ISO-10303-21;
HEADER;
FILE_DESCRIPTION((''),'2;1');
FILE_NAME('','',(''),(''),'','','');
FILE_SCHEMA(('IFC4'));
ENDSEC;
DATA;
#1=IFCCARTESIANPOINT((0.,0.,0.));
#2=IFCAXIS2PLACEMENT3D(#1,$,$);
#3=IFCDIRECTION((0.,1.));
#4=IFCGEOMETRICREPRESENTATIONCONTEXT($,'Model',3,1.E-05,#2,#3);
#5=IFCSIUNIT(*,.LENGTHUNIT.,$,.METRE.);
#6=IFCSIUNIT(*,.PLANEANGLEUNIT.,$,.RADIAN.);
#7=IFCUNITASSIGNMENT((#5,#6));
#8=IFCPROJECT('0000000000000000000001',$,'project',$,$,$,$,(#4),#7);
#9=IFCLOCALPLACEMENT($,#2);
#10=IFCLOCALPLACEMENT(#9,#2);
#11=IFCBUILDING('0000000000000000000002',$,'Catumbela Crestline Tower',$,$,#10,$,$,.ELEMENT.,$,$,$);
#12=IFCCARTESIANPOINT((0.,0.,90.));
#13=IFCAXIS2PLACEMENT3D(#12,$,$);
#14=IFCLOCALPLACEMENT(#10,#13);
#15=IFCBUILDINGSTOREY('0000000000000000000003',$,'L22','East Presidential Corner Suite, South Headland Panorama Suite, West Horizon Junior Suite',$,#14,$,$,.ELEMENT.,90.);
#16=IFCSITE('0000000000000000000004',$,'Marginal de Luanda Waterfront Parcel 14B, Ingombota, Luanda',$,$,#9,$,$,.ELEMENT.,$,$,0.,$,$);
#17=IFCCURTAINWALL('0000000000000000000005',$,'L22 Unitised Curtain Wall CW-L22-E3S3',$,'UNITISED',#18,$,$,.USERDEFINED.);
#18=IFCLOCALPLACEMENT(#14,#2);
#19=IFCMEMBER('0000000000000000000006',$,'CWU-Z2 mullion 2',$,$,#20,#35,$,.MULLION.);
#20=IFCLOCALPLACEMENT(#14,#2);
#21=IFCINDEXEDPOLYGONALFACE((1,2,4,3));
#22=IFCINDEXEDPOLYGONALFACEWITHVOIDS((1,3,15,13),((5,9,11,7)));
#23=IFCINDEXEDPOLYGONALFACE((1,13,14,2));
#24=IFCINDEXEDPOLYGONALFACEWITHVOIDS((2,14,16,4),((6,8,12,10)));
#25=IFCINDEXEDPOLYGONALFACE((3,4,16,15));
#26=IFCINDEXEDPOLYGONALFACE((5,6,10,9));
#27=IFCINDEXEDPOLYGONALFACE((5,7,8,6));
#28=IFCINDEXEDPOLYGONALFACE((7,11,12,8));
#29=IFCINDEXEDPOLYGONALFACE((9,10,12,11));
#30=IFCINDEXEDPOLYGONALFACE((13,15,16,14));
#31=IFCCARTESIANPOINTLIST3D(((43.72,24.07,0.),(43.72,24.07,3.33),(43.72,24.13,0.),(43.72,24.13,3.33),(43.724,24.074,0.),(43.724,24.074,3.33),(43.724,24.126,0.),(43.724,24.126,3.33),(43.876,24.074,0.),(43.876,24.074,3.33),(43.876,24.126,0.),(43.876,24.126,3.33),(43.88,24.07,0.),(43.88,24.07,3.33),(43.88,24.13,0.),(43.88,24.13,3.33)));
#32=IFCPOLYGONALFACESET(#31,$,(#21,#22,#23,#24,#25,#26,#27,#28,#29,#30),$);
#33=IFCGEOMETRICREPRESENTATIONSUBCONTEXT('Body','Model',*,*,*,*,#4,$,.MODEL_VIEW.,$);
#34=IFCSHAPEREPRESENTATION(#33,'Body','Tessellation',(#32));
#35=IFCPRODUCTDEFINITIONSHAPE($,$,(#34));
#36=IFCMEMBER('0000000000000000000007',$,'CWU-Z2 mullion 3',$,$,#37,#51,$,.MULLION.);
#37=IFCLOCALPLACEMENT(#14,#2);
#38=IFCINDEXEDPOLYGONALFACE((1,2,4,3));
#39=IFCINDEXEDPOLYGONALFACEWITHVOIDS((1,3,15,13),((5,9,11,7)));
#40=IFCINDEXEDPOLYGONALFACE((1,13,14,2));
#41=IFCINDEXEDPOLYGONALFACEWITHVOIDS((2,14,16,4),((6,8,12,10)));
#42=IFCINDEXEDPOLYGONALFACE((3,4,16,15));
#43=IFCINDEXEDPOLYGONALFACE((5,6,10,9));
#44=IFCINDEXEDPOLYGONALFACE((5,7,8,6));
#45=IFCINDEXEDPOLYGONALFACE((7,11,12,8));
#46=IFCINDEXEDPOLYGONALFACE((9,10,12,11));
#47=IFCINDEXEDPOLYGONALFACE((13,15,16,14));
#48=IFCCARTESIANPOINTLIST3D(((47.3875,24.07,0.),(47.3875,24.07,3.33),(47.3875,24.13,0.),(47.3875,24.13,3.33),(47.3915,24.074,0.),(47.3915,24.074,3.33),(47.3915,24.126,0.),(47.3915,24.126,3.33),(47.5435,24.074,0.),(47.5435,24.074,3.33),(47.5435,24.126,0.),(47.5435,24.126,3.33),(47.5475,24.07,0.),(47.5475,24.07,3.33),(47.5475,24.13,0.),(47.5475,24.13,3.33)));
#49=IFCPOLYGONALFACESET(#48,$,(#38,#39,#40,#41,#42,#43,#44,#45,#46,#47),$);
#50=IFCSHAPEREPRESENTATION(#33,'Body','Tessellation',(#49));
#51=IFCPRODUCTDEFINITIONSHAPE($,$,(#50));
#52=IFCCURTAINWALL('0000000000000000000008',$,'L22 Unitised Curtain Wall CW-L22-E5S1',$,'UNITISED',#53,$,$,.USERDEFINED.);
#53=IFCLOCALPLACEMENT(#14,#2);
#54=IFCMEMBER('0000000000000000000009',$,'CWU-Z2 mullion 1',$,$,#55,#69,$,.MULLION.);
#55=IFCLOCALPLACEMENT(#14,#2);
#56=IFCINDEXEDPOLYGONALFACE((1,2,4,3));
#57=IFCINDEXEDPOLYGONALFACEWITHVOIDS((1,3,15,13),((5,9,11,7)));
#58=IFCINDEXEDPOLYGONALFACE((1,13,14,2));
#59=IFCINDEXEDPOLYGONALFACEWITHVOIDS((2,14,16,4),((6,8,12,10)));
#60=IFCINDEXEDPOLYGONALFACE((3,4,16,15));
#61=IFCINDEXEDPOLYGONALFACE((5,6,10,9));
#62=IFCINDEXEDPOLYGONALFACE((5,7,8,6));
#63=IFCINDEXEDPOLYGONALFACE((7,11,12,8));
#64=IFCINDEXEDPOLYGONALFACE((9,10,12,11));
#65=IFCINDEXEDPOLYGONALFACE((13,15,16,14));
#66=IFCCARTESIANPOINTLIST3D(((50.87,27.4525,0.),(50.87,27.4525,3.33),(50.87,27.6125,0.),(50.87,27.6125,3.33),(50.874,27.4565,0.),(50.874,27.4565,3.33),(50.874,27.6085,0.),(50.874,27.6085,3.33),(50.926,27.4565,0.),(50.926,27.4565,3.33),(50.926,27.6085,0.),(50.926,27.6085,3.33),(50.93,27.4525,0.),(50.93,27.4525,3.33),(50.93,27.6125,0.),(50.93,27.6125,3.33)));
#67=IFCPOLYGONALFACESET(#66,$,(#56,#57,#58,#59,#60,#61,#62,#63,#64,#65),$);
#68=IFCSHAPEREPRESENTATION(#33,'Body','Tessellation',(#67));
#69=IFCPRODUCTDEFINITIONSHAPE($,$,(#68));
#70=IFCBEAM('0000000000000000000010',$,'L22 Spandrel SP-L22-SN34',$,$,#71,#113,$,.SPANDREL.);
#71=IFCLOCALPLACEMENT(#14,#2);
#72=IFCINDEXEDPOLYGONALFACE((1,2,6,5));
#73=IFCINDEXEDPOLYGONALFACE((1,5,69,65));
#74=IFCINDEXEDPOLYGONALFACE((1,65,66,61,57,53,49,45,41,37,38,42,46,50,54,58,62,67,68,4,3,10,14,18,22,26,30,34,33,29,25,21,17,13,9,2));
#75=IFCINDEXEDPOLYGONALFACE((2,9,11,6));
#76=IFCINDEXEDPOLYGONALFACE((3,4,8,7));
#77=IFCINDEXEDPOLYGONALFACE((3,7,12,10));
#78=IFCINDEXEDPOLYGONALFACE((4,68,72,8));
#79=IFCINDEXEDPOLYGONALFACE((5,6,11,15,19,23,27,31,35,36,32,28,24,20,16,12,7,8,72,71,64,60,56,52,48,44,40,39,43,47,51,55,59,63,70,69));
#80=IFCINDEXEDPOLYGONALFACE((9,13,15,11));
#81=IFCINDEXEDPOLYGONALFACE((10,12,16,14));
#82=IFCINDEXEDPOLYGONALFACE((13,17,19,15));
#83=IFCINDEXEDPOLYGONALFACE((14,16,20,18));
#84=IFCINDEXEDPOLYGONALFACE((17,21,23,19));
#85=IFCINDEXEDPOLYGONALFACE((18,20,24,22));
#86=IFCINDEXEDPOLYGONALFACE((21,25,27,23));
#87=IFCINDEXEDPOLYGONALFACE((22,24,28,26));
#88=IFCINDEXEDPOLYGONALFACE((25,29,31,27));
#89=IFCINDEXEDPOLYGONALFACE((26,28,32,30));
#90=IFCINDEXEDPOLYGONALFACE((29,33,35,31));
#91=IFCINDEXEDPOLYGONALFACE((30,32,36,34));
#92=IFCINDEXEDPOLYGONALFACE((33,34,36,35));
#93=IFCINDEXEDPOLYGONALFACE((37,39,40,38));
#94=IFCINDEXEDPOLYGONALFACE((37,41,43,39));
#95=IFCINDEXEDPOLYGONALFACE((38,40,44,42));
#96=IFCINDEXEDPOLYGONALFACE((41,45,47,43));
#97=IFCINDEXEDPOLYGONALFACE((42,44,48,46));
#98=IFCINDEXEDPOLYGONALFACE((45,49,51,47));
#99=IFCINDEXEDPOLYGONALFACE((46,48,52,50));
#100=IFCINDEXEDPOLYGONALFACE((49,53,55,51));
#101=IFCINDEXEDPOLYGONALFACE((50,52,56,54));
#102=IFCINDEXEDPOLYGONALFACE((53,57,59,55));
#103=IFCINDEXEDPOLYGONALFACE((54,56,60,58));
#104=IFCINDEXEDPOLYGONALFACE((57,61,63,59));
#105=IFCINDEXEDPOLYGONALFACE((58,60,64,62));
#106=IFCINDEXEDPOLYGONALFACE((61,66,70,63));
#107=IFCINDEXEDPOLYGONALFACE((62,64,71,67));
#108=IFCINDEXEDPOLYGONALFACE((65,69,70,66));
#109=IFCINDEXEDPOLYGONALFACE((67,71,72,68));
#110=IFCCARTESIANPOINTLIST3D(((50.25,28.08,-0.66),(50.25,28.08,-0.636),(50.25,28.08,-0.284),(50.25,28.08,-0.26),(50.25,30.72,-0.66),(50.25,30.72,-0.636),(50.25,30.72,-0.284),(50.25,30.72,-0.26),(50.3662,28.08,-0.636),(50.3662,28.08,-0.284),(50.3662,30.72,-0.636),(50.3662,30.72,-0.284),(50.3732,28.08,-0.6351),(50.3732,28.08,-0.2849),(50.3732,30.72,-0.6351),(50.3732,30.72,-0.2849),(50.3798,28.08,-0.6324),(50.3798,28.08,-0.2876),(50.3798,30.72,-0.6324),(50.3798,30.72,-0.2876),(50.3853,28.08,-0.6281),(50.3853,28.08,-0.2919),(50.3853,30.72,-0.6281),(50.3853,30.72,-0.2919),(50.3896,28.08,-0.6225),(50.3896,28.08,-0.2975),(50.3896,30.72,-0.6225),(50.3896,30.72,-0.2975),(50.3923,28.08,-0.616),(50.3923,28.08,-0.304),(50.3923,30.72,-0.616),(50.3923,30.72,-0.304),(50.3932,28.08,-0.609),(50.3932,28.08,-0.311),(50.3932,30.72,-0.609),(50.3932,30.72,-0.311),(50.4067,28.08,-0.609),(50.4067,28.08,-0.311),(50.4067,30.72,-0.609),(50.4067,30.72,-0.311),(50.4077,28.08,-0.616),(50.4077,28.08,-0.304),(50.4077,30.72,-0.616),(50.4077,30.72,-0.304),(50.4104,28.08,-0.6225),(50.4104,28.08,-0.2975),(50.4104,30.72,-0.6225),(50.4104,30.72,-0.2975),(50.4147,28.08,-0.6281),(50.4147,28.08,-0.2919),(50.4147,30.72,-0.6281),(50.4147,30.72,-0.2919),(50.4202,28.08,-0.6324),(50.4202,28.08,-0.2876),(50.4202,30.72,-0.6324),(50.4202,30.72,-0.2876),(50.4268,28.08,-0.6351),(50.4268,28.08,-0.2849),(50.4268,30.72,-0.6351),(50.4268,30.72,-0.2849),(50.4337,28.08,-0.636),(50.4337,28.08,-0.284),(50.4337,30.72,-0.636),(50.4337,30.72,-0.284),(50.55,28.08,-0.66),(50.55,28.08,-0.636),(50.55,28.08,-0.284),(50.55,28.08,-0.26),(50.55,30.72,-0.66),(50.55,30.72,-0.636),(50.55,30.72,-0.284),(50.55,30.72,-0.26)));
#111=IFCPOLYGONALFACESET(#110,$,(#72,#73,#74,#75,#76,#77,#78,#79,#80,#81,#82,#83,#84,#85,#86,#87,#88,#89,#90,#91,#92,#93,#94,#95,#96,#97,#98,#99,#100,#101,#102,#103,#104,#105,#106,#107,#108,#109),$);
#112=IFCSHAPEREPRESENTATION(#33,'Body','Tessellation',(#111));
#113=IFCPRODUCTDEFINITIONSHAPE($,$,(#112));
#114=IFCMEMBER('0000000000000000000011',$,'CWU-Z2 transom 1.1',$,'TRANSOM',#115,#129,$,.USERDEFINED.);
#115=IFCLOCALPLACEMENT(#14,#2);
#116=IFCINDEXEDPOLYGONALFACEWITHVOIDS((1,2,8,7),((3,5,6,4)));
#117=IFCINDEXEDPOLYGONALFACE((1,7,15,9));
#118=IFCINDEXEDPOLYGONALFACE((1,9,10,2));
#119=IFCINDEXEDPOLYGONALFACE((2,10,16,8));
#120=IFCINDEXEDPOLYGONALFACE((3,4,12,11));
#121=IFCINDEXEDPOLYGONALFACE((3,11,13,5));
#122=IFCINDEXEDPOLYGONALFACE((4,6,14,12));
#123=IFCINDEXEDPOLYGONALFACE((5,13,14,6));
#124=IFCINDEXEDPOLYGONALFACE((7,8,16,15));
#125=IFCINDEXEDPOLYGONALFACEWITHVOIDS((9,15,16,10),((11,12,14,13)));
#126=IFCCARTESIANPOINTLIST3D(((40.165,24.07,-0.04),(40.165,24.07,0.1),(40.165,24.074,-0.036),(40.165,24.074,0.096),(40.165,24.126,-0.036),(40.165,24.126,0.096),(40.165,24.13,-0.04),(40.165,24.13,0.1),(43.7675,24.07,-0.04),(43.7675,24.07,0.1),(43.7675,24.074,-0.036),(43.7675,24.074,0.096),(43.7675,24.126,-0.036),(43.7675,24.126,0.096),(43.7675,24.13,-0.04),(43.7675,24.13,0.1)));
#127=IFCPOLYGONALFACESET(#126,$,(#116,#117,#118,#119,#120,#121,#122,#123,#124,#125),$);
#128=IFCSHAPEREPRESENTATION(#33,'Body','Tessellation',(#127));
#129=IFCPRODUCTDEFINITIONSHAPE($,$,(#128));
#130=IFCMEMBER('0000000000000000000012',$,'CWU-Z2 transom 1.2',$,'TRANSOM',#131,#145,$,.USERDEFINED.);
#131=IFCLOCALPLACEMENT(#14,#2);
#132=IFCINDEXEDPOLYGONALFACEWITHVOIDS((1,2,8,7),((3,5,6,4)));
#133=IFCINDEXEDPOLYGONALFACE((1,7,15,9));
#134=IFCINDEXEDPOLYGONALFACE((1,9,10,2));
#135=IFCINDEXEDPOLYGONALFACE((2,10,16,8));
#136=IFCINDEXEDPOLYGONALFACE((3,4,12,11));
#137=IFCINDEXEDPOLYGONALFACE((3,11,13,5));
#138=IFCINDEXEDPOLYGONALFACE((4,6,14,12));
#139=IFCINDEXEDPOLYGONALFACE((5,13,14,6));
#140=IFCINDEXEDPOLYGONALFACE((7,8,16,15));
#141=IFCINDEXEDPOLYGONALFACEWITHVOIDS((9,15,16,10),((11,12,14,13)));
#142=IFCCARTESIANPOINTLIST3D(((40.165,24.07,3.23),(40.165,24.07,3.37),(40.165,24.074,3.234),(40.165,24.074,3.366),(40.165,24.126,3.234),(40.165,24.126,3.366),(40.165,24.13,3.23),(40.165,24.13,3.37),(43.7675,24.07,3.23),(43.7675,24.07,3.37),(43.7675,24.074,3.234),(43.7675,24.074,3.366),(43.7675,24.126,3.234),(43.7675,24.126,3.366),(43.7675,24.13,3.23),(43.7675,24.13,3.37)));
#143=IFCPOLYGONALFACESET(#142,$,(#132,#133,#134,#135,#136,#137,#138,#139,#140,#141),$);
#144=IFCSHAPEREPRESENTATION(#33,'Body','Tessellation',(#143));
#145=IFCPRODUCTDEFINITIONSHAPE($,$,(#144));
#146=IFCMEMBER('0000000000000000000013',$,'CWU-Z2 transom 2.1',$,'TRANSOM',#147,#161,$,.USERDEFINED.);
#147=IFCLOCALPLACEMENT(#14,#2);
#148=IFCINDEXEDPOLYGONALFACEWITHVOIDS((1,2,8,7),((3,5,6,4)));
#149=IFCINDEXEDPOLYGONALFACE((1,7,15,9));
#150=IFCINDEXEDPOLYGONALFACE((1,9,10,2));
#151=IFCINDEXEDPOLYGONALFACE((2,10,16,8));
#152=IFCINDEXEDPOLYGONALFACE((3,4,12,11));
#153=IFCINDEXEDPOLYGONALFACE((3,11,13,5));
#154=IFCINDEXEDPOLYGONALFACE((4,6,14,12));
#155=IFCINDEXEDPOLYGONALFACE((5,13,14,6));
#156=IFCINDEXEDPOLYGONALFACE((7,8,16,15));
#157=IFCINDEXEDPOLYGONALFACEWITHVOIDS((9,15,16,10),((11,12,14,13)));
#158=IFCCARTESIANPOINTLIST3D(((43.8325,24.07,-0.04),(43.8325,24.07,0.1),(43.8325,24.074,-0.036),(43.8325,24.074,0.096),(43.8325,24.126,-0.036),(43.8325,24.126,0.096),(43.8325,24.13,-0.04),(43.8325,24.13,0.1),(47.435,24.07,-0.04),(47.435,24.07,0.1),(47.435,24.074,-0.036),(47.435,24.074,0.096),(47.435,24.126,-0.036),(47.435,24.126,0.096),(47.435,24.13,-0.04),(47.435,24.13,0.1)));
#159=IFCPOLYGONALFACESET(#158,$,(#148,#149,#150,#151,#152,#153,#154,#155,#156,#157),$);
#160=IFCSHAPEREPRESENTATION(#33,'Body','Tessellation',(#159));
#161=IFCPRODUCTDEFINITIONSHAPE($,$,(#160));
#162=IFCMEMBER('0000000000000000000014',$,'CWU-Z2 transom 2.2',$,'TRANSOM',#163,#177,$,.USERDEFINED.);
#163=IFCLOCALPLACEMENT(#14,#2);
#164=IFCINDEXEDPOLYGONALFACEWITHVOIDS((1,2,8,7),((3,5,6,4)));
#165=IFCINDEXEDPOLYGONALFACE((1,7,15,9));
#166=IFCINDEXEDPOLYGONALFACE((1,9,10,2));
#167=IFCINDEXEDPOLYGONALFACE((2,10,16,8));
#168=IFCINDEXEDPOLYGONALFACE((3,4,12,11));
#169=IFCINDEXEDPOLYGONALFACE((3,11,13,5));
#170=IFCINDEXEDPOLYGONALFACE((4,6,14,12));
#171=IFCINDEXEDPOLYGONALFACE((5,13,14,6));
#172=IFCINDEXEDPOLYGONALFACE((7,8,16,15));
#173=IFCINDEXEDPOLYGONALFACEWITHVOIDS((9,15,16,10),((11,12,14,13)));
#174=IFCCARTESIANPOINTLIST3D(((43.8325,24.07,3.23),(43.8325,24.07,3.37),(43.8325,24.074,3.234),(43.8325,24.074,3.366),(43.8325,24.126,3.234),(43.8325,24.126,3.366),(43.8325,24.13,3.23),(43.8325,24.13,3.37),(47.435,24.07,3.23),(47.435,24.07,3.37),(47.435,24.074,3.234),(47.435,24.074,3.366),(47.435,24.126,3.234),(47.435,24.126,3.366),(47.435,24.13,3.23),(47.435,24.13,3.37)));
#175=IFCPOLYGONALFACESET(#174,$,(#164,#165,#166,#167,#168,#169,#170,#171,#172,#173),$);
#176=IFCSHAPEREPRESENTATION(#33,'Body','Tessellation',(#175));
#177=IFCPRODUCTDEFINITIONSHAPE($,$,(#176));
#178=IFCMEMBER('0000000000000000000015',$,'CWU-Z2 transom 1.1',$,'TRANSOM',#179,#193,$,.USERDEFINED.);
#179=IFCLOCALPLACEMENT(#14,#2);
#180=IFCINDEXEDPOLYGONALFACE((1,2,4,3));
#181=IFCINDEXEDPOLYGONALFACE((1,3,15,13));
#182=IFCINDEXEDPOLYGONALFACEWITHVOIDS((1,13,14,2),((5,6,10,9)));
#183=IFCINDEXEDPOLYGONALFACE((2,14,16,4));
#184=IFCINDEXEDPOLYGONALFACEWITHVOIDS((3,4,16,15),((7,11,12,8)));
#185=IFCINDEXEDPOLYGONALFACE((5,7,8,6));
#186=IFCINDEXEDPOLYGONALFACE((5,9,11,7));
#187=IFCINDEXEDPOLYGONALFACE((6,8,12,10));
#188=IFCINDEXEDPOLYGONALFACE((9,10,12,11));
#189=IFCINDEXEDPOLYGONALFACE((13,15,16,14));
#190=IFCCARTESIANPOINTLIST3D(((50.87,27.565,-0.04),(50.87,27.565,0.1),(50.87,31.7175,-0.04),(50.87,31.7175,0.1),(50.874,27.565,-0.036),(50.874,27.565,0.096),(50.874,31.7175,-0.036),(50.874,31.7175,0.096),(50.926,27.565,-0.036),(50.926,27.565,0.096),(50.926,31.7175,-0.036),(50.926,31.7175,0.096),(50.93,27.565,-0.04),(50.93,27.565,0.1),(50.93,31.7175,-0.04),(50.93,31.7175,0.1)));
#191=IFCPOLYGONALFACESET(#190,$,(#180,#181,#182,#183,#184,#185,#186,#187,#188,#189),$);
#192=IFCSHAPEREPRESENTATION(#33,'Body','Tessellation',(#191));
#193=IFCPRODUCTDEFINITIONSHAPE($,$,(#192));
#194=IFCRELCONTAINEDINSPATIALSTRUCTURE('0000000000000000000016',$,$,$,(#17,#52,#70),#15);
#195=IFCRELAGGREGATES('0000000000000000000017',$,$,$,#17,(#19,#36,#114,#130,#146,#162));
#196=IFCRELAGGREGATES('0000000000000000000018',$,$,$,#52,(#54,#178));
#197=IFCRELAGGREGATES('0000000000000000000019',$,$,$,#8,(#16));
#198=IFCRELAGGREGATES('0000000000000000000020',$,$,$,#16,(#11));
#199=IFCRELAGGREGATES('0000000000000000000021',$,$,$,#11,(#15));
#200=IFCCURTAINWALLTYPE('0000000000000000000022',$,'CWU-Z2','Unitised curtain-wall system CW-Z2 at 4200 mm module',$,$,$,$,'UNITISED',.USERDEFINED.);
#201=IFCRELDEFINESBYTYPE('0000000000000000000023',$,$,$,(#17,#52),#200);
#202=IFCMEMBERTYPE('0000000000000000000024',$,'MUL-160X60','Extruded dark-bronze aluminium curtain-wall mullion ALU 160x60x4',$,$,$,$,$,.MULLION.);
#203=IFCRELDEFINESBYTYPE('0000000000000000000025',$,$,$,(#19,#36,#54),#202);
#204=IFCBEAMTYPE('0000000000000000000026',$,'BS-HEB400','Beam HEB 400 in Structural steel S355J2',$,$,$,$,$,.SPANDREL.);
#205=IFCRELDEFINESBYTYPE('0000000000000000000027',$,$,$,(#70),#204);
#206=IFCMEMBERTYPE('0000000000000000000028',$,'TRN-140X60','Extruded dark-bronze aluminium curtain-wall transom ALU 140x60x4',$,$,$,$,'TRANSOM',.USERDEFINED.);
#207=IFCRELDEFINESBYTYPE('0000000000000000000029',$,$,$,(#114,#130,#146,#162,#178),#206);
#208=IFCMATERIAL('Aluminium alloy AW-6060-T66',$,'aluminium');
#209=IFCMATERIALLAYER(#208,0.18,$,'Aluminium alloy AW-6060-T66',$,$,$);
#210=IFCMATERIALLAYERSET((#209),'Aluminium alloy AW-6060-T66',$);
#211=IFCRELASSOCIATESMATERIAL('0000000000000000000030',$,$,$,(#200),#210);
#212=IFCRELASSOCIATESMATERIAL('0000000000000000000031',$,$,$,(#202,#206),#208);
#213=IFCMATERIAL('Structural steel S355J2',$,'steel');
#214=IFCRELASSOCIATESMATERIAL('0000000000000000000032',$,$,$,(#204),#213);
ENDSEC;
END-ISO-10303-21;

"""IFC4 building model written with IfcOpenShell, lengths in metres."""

from ifc_helpers import new_model, si_unit, direction, frame, origin, origin_2d, place, context, subcontext, project, spatial, hollow_rectangle, i_section, extrude, material, layer, layer_set, material_profile, profile_set, type_object, element, aggregate, save


model = new_model("IFC4")

# Units and contexts
model_context = context("Model", 3, precision=1e-05, world=origin(), true_north=direction((0.0, 1.0)))
body_context = subcontext(model_context, "Body", "Model", "MODEL_VIEW")
ifc_project = project(units=[si_unit("LENGTHUNIT", "METRE"), si_unit("PLANEANGLEUNIT", "RADIAN")], contexts=[model_context])

# Site, building, storey
site_placement = place(None, origin())
site = spatial("IfcSite", under=ifc_project, at=site_placement, Name="Marginal de Luanda Waterfront Parcel 14B, Ingombota, Luanda", CompositionType="ELEMENT", RefElevation=0.0)
building_placement = place(site_placement, origin())
building = spatial("IfcBuilding", under=site, at=building_placement, Name="Catumbela Crestline Tower", CompositionType="ELEMENT")
storey_placement = place(building_placement, frame((0.0, 0.0, 90.0)))
storey = spatial("IfcBuildingStorey", under=building, at=storey_placement, Name="L22", Description="East Presidential Corner Suite, South Headland Panorama Suite, West Horizon Junior Suite", CompositionType="ELEMENT", Elevation=90.0)

# Shared definitions
ifc_material_1 = material(Name="Structural steel S355J2", Category="steel")

# Curtain wall, members
ifc_material_2 = material(Name="Aluminium alloy AW-6060-T66", Category="aluminium")
ifc_layer_1 = layer(ifc_material_2, 0.18, Name="Aluminium alloy AW-6060-T66")
ifc_layer_set_1 = layer_set([ifc_layer_1], Name="Aluminium alloy AW-6060-T66")
curtain_wall_type = type_object("IfcCurtainWallType", Name="CWU-Z2", Description="Unitised curtain-wall system CW-Z2 at 4200 mm module", ElementType="UNITISED", PredefinedType="USERDEFINED", material=ifc_layer_set_1)
curtain_wall_1_placement = place(storey_placement, origin())
curtain_wall_1 = element("IfcCurtainWall", 1, at=curtain_wall_1_placement, inside=storey, type_object=curtain_wall_type, Name="L22 Unitised Curtain Wall CW-L22-E3S3", ObjectType="UNITISED", PredefinedType="USERDEFINED")
ifc_material_profile_1 = material_profile(ifc_material_2, hollow_rectangle(XDim=0.06, YDim=0.16, WallThickness=0.004, at=origin_2d()), Name="ALU 160x60x4")
ifc_profile_set_1 = profile_set([ifc_material_profile_1], Name="Aluminium alloy AW-6060-T66")
member_type_1 = type_object("IfcMemberType", Name="MUL-160X60", Description="Extruded dark-bronze aluminium curtain-wall mullion ALU 160x60x4", PredefinedType="MULLION", material=ifc_profile_set_1)
member_1_placement = place(storey_placement, frame((43.8, 24.1, 0.0), z_axis=(0.0, 0.0, 1.0), x_axis=(0.0, 1.0, 0.0)))
member_1 = element("IfcMember", 2, at=member_1_placement, type_object=member_type_1, Name="CWU-Z2 mullion 2", PredefinedType="MULLION", context=body_context, shape_type="SweptSolid", body=[
    extrude(hollow_rectangle(XDim=0.06, YDim=0.16, WallThickness=0.004, at=origin_2d()), origin(), (0.0, 0.0, 1.0), 3.33),
])
member_2_placement = place(storey_placement, frame((47.4675, 24.1, 0.0), z_axis=(0.0, 0.0, 1.0), x_axis=(0.0, 1.0, 0.0)))
member_2 = element("IfcMember", 3, at=member_2_placement, type_object=member_type_1, Name="CWU-Z2 mullion 3", PredefinedType="MULLION", context=body_context, shape_type="SweptSolid", body=[
    extrude(hollow_rectangle(XDim=0.06, YDim=0.16, WallThickness=0.004, at=origin_2d()), origin(), (0.0, 0.0, 1.0), 3.33),
])

# Curtain wall, member
curtain_wall_2_placement = place(storey_placement, origin())
curtain_wall_2 = element("IfcCurtainWall", 4, at=curtain_wall_2_placement, inside=storey, type_object=curtain_wall_type, Name="L22 Unitised Curtain Wall CW-L22-E5S1", ObjectType="UNITISED", PredefinedType="USERDEFINED")
member_3_placement = place(storey_placement, frame((50.9, 27.5325, 0.0), z_axis=(0.0, 0.0, 1.0), x_axis=(-1.0, 0.0, 0.0)))
member_3 = element("IfcMember", 5, at=member_3_placement, type_object=member_type_1, Name="CWU-Z2 mullion 1", PredefinedType="MULLION", context=body_context, shape_type="SweptSolid", body=[
    extrude(hollow_rectangle(XDim=0.06, YDim=0.16, WallThickness=0.004, at=origin_2d()), origin(), (0.0, 0.0, 1.0), 3.33),
])

# Beam
ifc_material_profile_2 = material_profile(ifc_material_1, i_section(OverallWidth=0.3, OverallDepth=0.4, WebThickness=0.0135, FlangeThickness=0.024, FilletRadius=0.027, at=origin_2d()), Name="HEB 400")
ifc_profile_set_2 = profile_set([ifc_material_profile_2], Name="Structural steel S355J2")
beam_type_1 = type_object("IfcBeamType", Name="BS-HEB400", Description="Beam HEB 400 in Structural steel S355J2", PredefinedType="SPANDREL", material=ifc_profile_set_2)
beam_1_placement = place(storey_placement, frame((50.4, 28.08, -0.46), z_axis=(0.0, 1.0, 0.0), x_axis=(-1.0, 0.0, 0.0)))
element("IfcBeam", 6, at=beam_1_placement, inside=storey, type_object=beam_type_1, Name="L22 Spandrel SP-L22-SN34", PredefinedType="SPANDREL", context=body_context, shape_type="SweptSolid", body=[
    extrude(i_section(OverallWidth=0.3, OverallDepth=0.4, WebThickness=0.0135, FlangeThickness=0.024, FilletRadius=0.027, at=origin_2d()), origin(), (0.0, 0.0, 1.0), 2.64),
])

# Members
ifc_material_profile_3 = material_profile(ifc_material_2, hollow_rectangle(XDim=0.06, YDim=0.14, WallThickness=0.004, at=origin_2d()), Name="ALU 140x60x4")
ifc_profile_set_3 = profile_set([ifc_material_profile_3], Name="Aluminium alloy AW-6060-T66")
member_type_2 = type_object("IfcMemberType", Name="TRN-140X60", Description="Extruded dark-bronze aluminium curtain-wall transom ALU 140x60x4", ElementType="TRANSOM", PredefinedType="USERDEFINED", material=ifc_profile_set_3)
member_4_placement = place(storey_placement, frame((40.165, 24.1, 0.03), z_axis=(1.0, 0.0, 0.0), x_axis=(0.0, 1.0, 0.0)))
member_4 = element("IfcMember", 7, at=member_4_placement, type_object=member_type_2, Name="CWU-Z2 transom 1.1", ObjectType="TRANSOM", PredefinedType="USERDEFINED", context=body_context, shape_type="SweptSolid", body=[
    extrude(hollow_rectangle(XDim=0.06, YDim=0.14, WallThickness=0.004, at=origin_2d()), origin(), (0.0, 0.0, 1.0), 3.6025),
])
member_5_placement = place(storey_placement, frame((40.165, 24.1, 3.3), z_axis=(1.0, 0.0, 0.0), x_axis=(0.0, 1.0, 0.0)))
member_5 = element("IfcMember", 8, at=member_5_placement, type_object=member_type_2, Name="CWU-Z2 transom 1.2", ObjectType="TRANSOM", PredefinedType="USERDEFINED", context=body_context, shape_type="SweptSolid", body=[
    extrude(hollow_rectangle(XDim=0.06, YDim=0.14, WallThickness=0.004, at=origin_2d()), origin(), (0.0, 0.0, 1.0), 3.6025),
])
member_6_placement = place(storey_placement, frame((43.8325, 24.1, 0.03), z_axis=(1.0, 0.0, 0.0), x_axis=(0.0, 1.0, 0.0)))
member_6 = element("IfcMember", 9, at=member_6_placement, type_object=member_type_2, Name="CWU-Z2 transom 2.1", ObjectType="TRANSOM", PredefinedType="USERDEFINED", context=body_context, shape_type="SweptSolid", body=[
    extrude(hollow_rectangle(XDim=0.06, YDim=0.14, WallThickness=0.004, at=origin_2d()), origin(), (0.0, 0.0, 1.0), 3.6025),
])
member_7_placement = place(storey_placement, frame((43.8325, 24.1, 3.3), z_axis=(1.0, 0.0, 0.0), x_axis=(0.0, 1.0, 0.0)))
member_7 = element("IfcMember", 10, at=member_7_placement, type_object=member_type_2, Name="CWU-Z2 transom 2.2", ObjectType="TRANSOM", PredefinedType="USERDEFINED", context=body_context, shape_type="SweptSolid", body=[
    extrude(hollow_rectangle(XDim=0.06, YDim=0.14, WallThickness=0.004, at=origin_2d()), origin(), (0.0, 0.0, 1.0), 3.6025),
])
member_8_placement = place(storey_placement, frame((50.9, 27.565, 0.03), z_axis=(0.0, 1.0, 0.0), x_axis=(-1.0, 0.0, 0.0)))
member_8 = element("IfcMember", 11, at=member_8_placement, type_object=member_type_2, Name="CWU-Z2 transom 1.1", ObjectType="TRANSOM", PredefinedType="USERDEFINED", context=body_context, shape_type="SweptSolid", body=[
    extrude(hollow_rectangle(XDim=0.06, YDim=0.14, WallThickness=0.004, at=origin_2d()), origin(), (0.0, 0.0, 1.0), 4.1525),
])

aggregate(curtain_wall_1, [member_1, member_2, member_4, member_5, member_6, member_7])
aggregate(curtain_wall_2, [member_3, member_8])

save(model, "model.ifc")
